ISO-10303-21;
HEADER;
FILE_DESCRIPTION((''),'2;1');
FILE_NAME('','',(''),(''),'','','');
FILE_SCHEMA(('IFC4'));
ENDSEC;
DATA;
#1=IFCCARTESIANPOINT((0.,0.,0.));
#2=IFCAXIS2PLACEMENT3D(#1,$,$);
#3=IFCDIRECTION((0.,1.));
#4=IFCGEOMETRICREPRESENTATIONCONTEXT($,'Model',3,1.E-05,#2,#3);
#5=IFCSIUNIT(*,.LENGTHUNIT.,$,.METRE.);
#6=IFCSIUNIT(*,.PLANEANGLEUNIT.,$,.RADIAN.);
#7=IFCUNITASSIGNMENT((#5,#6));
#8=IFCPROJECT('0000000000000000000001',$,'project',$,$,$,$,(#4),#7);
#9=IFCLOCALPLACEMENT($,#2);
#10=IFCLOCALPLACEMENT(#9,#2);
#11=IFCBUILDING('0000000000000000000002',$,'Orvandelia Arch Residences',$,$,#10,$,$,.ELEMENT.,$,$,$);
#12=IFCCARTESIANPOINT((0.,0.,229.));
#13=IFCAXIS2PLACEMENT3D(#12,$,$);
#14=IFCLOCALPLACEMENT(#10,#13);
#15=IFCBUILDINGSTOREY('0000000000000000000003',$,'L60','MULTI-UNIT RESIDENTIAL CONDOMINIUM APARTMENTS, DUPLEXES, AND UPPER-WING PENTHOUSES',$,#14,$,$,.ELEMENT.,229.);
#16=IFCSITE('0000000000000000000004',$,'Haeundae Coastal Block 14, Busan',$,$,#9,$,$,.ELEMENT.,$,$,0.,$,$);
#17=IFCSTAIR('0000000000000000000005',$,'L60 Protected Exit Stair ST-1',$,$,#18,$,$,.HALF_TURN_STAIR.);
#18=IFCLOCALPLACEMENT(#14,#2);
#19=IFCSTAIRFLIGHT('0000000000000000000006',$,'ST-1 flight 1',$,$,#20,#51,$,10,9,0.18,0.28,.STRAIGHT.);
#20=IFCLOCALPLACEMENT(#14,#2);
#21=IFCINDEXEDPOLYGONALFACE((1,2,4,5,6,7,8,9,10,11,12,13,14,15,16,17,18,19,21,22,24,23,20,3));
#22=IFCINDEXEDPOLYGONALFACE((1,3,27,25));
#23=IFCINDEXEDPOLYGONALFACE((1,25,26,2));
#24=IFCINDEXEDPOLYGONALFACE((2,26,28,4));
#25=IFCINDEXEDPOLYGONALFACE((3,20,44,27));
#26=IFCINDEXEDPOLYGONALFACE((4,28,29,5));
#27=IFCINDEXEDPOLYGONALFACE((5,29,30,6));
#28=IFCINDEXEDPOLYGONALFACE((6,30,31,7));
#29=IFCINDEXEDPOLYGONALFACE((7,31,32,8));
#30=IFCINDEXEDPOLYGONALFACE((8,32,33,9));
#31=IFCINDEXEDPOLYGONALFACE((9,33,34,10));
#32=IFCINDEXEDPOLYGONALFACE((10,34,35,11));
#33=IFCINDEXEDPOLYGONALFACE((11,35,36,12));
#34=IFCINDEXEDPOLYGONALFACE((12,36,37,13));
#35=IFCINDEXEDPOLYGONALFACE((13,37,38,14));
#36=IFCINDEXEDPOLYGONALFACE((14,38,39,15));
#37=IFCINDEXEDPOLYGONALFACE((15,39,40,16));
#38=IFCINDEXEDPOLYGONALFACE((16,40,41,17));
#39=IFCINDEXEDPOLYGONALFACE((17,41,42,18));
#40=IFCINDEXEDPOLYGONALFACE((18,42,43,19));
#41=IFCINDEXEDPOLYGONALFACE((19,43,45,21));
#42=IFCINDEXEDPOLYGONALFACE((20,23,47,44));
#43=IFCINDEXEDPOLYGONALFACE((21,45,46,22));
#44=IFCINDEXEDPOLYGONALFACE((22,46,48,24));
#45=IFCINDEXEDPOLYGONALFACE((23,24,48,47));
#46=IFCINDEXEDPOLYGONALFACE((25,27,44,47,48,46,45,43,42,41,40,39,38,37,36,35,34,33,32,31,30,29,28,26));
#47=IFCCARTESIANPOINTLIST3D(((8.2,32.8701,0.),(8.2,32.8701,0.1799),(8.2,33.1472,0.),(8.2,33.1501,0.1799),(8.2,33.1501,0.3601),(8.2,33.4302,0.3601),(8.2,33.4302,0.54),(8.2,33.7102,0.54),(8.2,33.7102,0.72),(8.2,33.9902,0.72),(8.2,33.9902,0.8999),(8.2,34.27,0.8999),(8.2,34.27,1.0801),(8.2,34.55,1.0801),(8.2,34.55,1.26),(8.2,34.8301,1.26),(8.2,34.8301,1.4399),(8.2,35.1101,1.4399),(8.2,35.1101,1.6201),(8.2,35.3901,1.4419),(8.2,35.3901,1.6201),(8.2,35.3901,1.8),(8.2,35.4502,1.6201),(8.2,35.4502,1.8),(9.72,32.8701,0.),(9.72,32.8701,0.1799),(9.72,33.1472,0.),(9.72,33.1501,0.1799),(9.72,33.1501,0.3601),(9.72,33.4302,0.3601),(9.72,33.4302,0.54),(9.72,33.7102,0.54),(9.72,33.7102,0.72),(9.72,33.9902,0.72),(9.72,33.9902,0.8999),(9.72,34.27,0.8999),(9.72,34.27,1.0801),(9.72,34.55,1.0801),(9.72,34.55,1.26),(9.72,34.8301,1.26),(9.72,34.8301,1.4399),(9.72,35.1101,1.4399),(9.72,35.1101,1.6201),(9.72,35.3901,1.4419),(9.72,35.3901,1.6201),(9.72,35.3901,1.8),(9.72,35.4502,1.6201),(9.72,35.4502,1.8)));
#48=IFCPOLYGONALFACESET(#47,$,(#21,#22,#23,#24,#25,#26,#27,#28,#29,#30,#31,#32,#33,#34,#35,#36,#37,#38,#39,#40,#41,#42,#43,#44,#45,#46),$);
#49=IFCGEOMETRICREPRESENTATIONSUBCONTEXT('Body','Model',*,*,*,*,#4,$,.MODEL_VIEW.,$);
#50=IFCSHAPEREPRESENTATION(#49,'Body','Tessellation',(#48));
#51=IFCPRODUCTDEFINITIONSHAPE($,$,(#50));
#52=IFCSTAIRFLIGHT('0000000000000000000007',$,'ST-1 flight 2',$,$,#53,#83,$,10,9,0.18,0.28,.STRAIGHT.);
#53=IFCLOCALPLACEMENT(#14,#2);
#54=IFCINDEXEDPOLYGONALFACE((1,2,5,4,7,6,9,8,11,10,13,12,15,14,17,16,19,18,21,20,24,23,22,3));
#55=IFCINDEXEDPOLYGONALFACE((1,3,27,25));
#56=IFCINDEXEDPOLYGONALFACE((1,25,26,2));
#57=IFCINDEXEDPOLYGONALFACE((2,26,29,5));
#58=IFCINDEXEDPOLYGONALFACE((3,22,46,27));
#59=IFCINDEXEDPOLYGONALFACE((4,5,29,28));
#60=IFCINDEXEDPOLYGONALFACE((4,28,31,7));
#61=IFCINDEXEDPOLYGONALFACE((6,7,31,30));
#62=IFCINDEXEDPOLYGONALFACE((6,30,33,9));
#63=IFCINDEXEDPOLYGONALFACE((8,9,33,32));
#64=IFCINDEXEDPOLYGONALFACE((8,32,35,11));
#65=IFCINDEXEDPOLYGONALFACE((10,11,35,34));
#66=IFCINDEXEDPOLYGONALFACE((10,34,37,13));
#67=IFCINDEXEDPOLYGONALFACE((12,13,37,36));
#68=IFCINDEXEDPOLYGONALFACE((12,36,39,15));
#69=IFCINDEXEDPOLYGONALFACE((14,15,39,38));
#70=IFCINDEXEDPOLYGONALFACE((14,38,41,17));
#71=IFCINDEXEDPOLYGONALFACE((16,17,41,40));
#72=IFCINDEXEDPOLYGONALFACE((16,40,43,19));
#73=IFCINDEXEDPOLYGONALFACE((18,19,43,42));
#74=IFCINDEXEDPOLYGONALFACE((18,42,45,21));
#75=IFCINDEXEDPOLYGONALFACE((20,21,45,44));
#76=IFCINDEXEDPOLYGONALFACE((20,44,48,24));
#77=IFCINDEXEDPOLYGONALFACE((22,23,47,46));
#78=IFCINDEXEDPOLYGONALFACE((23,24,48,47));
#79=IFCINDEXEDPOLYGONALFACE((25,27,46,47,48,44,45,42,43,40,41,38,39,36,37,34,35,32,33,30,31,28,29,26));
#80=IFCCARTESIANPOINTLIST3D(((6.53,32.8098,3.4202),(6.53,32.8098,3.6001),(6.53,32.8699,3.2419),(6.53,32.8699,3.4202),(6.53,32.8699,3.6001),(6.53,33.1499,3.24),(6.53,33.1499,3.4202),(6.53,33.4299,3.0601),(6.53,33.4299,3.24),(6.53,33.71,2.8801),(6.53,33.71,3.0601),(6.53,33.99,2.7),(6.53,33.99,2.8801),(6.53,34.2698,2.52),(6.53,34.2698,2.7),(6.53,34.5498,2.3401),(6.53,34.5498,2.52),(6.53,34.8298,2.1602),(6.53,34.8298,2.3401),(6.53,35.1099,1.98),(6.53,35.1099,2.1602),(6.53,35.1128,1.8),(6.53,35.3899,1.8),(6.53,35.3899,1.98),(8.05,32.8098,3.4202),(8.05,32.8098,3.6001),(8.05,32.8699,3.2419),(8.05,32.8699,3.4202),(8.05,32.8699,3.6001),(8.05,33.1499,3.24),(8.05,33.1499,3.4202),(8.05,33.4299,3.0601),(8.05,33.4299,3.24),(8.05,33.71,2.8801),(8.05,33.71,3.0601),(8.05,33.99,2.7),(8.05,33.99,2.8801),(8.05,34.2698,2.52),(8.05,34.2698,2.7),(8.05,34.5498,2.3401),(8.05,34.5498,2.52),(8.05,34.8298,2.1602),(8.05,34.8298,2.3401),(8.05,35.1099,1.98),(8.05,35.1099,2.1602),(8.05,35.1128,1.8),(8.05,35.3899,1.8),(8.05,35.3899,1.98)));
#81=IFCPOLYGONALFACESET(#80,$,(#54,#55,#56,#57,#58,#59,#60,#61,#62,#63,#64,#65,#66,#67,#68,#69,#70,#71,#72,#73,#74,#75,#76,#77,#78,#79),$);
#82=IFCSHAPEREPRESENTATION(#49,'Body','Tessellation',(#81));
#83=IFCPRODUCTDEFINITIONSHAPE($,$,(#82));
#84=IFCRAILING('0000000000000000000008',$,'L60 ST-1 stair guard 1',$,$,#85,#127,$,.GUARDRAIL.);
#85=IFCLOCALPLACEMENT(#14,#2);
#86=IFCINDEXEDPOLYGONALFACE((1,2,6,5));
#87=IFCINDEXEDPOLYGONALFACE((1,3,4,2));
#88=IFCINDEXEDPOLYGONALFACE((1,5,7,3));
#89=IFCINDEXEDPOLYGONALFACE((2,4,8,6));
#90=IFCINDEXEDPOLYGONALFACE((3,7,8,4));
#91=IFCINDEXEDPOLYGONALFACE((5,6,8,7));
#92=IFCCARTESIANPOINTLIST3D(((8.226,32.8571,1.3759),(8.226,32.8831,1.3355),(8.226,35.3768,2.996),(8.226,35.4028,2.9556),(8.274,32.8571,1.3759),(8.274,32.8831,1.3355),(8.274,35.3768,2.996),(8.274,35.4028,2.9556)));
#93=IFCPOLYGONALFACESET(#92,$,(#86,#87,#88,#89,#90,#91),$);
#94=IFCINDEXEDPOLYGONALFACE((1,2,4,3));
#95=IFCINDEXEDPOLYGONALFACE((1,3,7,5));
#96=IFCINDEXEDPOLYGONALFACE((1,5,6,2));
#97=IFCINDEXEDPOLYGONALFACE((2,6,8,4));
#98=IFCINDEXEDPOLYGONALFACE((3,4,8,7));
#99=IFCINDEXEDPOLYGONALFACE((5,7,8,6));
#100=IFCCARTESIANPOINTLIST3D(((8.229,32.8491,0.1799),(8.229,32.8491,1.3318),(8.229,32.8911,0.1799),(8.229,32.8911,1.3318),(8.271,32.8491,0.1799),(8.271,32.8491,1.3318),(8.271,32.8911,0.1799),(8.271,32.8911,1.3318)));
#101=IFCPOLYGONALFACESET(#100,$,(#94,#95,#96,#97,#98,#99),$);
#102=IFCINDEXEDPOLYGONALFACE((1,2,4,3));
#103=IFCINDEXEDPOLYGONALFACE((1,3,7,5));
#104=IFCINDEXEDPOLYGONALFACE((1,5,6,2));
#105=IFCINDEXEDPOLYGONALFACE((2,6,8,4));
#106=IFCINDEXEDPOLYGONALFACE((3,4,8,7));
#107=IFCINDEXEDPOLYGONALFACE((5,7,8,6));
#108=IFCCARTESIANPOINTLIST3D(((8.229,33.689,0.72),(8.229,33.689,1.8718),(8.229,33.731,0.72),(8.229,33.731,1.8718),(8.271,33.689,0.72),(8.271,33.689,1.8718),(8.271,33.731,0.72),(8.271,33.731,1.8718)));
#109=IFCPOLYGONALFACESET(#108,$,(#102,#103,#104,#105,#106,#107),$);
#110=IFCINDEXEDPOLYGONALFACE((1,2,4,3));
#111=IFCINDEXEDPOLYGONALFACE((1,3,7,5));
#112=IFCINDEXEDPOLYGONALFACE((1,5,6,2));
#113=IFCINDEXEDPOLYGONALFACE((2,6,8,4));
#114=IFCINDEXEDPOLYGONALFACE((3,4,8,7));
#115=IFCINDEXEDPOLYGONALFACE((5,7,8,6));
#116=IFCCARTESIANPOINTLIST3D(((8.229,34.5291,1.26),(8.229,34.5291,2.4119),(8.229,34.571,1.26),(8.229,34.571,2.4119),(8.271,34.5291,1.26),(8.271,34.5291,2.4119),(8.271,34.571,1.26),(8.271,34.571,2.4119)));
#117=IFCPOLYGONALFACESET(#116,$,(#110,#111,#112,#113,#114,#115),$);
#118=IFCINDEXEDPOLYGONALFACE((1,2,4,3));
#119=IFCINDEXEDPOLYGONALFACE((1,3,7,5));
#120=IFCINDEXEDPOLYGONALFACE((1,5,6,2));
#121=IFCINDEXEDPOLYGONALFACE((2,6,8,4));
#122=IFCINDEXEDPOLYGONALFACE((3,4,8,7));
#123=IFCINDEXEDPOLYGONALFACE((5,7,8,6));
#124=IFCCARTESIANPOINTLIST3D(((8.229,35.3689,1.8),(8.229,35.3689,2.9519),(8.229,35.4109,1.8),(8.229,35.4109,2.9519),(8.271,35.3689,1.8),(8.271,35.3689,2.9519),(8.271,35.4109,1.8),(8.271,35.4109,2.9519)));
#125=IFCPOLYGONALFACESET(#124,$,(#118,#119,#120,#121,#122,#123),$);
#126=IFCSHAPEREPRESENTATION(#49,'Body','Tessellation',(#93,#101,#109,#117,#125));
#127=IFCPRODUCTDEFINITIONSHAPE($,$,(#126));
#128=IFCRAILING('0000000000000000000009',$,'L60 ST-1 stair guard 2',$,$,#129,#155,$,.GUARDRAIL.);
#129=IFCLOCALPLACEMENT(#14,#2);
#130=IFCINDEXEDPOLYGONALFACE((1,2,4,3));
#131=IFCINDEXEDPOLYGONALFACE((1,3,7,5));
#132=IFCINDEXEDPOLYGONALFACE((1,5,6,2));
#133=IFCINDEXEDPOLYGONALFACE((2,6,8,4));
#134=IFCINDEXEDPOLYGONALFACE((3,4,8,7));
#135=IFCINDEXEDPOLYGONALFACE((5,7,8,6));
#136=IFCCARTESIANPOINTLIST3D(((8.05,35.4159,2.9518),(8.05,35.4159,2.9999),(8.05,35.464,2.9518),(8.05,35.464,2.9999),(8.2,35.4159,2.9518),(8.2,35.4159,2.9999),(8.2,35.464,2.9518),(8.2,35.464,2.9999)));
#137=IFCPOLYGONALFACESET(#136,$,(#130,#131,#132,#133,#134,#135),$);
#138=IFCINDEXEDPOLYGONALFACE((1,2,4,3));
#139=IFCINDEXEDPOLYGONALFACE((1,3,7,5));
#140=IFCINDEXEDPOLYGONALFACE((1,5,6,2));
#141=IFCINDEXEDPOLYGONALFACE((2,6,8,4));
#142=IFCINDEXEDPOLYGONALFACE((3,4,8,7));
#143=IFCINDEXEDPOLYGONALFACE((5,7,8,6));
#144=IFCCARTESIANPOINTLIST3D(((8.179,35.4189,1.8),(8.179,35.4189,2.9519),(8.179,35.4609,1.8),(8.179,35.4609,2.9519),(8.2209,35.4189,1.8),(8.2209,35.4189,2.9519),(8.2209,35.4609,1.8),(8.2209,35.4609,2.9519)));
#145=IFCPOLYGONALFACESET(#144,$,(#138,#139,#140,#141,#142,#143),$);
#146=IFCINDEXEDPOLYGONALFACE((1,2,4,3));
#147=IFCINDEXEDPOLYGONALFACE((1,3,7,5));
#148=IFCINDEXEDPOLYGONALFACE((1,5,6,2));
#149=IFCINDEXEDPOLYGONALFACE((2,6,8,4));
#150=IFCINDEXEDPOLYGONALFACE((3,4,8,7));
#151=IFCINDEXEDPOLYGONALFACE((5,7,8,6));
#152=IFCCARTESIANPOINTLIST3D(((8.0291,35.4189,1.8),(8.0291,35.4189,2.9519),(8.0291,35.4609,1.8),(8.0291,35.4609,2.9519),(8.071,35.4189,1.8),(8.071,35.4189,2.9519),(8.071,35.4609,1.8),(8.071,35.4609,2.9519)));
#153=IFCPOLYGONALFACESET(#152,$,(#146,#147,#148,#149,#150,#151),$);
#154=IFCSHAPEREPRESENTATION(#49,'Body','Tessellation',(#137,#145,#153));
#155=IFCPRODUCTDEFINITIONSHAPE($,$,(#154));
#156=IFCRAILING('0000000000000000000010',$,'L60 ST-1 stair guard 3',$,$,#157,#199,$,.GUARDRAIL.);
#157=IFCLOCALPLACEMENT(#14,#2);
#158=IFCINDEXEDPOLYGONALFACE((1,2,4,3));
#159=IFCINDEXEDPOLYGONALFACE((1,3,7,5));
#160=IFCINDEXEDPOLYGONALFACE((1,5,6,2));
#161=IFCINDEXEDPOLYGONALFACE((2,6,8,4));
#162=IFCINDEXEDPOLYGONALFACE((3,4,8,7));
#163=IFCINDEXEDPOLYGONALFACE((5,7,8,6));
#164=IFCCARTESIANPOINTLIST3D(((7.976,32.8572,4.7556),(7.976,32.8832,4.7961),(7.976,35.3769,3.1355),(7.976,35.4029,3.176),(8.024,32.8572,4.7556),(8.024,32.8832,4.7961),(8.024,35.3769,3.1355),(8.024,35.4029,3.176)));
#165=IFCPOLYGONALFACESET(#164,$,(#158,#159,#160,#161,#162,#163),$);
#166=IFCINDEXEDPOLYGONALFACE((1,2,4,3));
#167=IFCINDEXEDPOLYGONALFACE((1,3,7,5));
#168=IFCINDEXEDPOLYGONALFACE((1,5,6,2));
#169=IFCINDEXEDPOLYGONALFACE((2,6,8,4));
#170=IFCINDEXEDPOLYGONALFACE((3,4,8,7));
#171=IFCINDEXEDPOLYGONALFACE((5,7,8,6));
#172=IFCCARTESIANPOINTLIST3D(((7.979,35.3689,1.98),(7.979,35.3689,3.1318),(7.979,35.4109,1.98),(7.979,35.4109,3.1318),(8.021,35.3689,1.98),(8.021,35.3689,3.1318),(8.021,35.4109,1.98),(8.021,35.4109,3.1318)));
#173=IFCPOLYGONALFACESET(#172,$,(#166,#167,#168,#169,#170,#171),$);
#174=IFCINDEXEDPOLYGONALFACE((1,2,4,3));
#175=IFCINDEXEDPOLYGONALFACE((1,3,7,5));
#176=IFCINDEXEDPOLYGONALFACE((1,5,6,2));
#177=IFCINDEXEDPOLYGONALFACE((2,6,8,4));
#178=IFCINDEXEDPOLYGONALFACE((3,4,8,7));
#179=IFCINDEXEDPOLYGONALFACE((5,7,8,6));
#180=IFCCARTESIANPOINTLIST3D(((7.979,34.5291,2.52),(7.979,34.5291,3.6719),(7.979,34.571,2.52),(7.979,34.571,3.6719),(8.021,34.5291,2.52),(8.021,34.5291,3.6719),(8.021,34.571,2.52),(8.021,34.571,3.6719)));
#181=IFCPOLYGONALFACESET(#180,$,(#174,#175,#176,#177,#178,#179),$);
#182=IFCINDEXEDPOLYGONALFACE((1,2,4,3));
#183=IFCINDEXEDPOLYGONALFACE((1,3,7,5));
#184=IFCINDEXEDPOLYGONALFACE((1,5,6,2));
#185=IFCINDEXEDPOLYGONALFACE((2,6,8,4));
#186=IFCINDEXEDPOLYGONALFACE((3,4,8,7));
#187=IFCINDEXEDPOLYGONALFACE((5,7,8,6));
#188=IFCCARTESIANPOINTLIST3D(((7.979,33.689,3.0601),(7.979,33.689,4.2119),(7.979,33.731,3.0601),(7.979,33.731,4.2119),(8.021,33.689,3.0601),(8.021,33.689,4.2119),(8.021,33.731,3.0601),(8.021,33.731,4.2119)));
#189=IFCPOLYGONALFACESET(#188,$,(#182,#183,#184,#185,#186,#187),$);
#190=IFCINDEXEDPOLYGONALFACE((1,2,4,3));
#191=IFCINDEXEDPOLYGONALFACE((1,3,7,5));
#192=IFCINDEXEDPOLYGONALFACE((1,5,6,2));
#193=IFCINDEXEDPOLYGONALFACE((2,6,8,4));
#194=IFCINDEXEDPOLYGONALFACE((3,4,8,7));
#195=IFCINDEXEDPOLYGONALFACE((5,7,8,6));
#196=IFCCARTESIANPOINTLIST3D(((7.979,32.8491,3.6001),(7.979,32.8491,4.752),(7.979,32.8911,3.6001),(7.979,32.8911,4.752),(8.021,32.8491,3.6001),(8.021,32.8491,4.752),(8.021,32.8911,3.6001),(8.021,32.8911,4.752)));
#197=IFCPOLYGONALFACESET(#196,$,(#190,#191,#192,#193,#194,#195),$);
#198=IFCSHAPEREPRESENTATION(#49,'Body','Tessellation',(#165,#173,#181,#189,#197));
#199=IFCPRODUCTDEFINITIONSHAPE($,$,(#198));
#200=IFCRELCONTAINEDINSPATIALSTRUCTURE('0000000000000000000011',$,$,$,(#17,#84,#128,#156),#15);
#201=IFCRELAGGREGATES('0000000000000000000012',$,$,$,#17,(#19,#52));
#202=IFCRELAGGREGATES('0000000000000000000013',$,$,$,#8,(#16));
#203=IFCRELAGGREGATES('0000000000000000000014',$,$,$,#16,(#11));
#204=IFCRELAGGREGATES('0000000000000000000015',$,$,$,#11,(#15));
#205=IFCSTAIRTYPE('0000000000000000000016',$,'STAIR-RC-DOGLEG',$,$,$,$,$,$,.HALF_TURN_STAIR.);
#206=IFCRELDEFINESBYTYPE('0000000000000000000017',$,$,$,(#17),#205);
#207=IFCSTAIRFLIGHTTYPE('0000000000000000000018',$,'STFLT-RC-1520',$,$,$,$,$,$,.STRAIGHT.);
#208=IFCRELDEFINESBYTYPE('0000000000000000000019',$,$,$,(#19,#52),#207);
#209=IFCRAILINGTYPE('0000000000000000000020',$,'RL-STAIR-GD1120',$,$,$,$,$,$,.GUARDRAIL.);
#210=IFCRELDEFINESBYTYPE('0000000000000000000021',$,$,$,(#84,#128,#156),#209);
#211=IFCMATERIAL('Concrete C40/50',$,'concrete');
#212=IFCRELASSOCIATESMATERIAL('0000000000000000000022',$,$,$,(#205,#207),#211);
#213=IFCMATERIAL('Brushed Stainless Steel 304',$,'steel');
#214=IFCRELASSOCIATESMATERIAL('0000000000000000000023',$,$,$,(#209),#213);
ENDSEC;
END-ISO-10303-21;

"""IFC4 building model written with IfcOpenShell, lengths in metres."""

from ifc_helpers import new_model, si_unit, direction, frame, origin, origin_2d, place, context, subcontext, project, spatial, polyline, rectangle, outline, extrude, material, type_object, element, aggregate, save


model = new_model("IFC4")

# Units and contexts
model_context = context("Model", 3, precision=1e-05, world=origin(), true_north=direction((0.0, 1.0)))
body_context = subcontext(model_context, "Body", "Model", "MODEL_VIEW")
ifc_project = project(units=[si_unit("LENGTHUNIT", "METRE"), si_unit("PLANEANGLEUNIT", "RADIAN")], contexts=[model_context])

# Site, building, storey
site_placement = place(None, origin())
site = spatial("IfcSite", under=ifc_project, at=site_placement, Name="Haeundae Coastal Block 14, Busan", CompositionType="ELEMENT", RefElevation=0.0)
building_placement = place(site_placement, origin())
building = spatial("IfcBuilding", under=site, at=building_placement, Name="Orvandelia Arch Residences", CompositionType="ELEMENT")
storey_placement = place(building_placement, frame((0.0, 0.0, 229.0)))
storey = spatial("IfcBuildingStorey", under=building, at=storey_placement, Name="L60", Description="MULTI-UNIT RESIDENTIAL CONDOMINIUM APARTMENTS, DUPLEXES, AND UPPER-WING PENTHOUSES", CompositionType="ELEMENT", Elevation=229.0)

# Stair, stair flights
ifc_material_1 = material(Name="Concrete C40/50", Category="concrete")
stair_type = type_object("IfcStairType", Name="STAIR-RC-DOGLEG", PredefinedType="HALF_TURN_STAIR", material=ifc_material_1)
stair_placement = place(storey_placement, origin())
stair = element("IfcStair", 1, at=stair_placement, inside=storey, type_object=stair_type, Name="L60 Protected Exit Stair ST-1", PredefinedType="HALF_TURN_STAIR")
stair_flight_type = type_object("IfcStairFlightType", Name="STFLT-RC-1520", PredefinedType="STRAIGHT", material=ifc_material_1)
stair_flight_1_placement = place(storey_placement, frame((8.96, 32.8701, 0.0), z_axis=(0.0, 0.0, 1.0), x_axis=(0.0, 1.0, 0.0)))
stair_flight_1 = element("IfcStairFlight", 2, at=stair_flight_1_placement, type_object=stair_flight_type, Name="ST-1 flight 1", NumberOfRisers=10, NumberOfTreads=9, PredefinedType="STRAIGHT", RiserHeight=0.18, TreadLength=0.28, context=body_context, shape_type="SweptSolid", body=[
    extrude(outline(polyline([(0.0, 0.0), (0.0, 0.1799), (0.28, 0.1799), (0.28, 0.3601), (0.5601, 0.3601), (0.5601, 0.54), (0.8401, 0.54), (0.8401, 0.72), (1.1201, 0.72), (1.1201, 0.8999), (1.3999, 0.8999), (1.3999, 1.0801), (1.6799, 1.0801), (1.6799, 1.26), (1.96, 1.26), (1.96, 1.4399), (2.24, 1.4399), (2.24, 1.6201), (2.52, 1.6201), (2.52, 1.8), (2.5801, 1.8), (2.5801, 1.6201), (2.52, 1.4419), (0.2771, 0.0), (0.0, 0.0)])), frame((0.0, 0.76, 0.0), z_axis=(0.0, -1.0, 0.0), x_axis=(1.0, 0.0, 0.0)), (0.0, 0.0, 1.0), 1.52),
])
stair_flight_2_placement = place(storey_placement, frame((7.29, 35.3899, 1.8), z_axis=(0.0, 0.0, 1.0), x_axis=(0.0, -1.0, 0.0)))
stair_flight_2 = element("IfcStairFlight", 3, at=stair_flight_2_placement, type_object=stair_flight_type, Name="ST-1 flight 2", NumberOfRisers=10, NumberOfTreads=9, PredefinedType="STRAIGHT", RiserHeight=0.18, TreadLength=0.28, context=body_context, shape_type="SweptSolid", body=[
    extrude(outline(polyline([(0.0, 0.0), (0.0, 0.1799), (0.28, 0.1799), (0.28, 0.3601), (0.5601, 0.3601), (0.5601, 0.54), (0.8401, 0.54), (0.8401, 0.72), (1.1201, 0.72), (1.1201, 0.8999), (1.3999, 0.8999), (1.3999, 1.0801), (1.6799, 1.0801), (1.6799, 1.26), (1.96, 1.26), (1.96, 1.4399), (2.24, 1.4399), (2.24, 1.6201), (2.52, 1.6201), (2.52, 1.8), (2.5801, 1.8), (2.5801, 1.6201), (2.52, 1.4419), (0.2771, 0.0), (0.0, 0.0)])), frame((0.0, 0.76, 0.0), z_axis=(0.0, -1.0, 0.0), x_axis=(1.0, 0.0, 0.0)), (0.0, 0.0, 1.0), 1.52),
])
aggregate(stair, [stair_flight_1, stair_flight_2])

# Railings
ifc_material_2 = material(Name="Brushed Stainless Steel 304", Category="steel")
railing_type_1 = type_object("IfcRailingType", Name="RL-STAIR-GD1120", PredefinedType="GUARDRAIL", material=ifc_material_2)
railing_1_placement = place(storey_placement, frame((8.25, 32.8701, 0.1799)))
element("IfcRailing", 4, at=railing_1_placement, inside=storey, type_object=railing_type_1, Name="L60 ST-1 stair guard 1", PredefinedType="GUARDRAIL", context=body_context, shape_type="SweptSolid", body=[
    extrude(rectangle(XDim=0.0481, YDim=0.0481, at=origin_2d()), frame((0.0, 0.0, 1.1758), z_axis=(0.0, 0.841139, 0.540819), x_axis=(-1.0, 0.0, 0.0)), (0.0, 0.0, 1.0), 2.9956),
    extrude(rectangle(XDim=0.042, YDim=0.042, at=origin_2d()), origin(), (0.0, 0.0, 1.0), 1.1519),
    extrude(rectangle(XDim=0.042, YDim=0.042, at=origin_2d()), frame((0.0, 0.8398, 0.54)), (0.0, 0.0, 1.0), 1.1519),
    extrude(rectangle(XDim=0.042, YDim=0.042, at=origin_2d()), frame((0.0, 1.6799, 1.0801)), (0.0, 0.0, 1.0), 1.1519),
    extrude(rectangle(XDim=0.042, YDim=0.042, at=origin_2d()), frame((0.0, 2.5198, 1.6201)), (0.0, 0.0, 1.0), 1.1519),
])
railing_2_placement = place(storey_placement, frame((8.2, 35.4399, 1.8)))
element("IfcRailing", 5, at=railing_2_placement, inside=storey, type_object=railing_type_1, Name="L60 ST-1 stair guard 2", PredefinedType="GUARDRAIL", context=body_context, shape_type="SweptSolid", body=[
    extrude(rectangle(XDim=0.0481, YDim=0.0481, at=origin_2d()), frame((0.0, 0.0, 1.1758), z_axis=(-1.0, 0.0, 0.0), x_axis=(0.0, -1.0, 0.0)), (0.0, 0.0, 1.0), 0.1499),
    extrude(rectangle(XDim=0.042, YDim=0.042, at=origin_2d()), origin(), (0.0, 0.0, 1.0), 1.1519),
    extrude(rectangle(XDim=0.042, YDim=0.042, at=origin_2d()), frame((-0.1499, 0.0, 0.0)), (0.0, 0.0, 1.0), 1.1519),
])
railing_3_placement = place(storey_placement, frame((8.0, 35.3899, 1.98)))
element("IfcRailing", 6, at=railing_3_placement, inside=storey, type_object=railing_type_1, Name="L60 ST-1 stair guard 3", PredefinedType="GUARDRAIL", context=body_context, shape_type="SweptSolid", body=[
    extrude(rectangle(XDim=0.0481, YDim=0.0481, at=origin_2d()), frame((0.0, 0.0, 1.1758), z_axis=(0.0, -0.841139, 0.540819), x_axis=(1.0, 0.0, 0.0)), (0.0, 0.0, 1.0), 2.9956),
    extrude(rectangle(XDim=0.042, YDim=0.042, at=origin_2d()), origin(), (0.0, 0.0, 1.0), 1.1519),
    extrude(rectangle(XDim=0.042, YDim=0.042, at=origin_2d()), frame((0.0, -0.8398, 0.54)), (0.0, 0.0, 1.0), 1.1519),
    extrude(rectangle(XDim=0.042, YDim=0.042, at=origin_2d()), frame((0.0, -1.6799, 1.0801)), (0.0, 0.0, 1.0), 1.1519),
    extrude(rectangle(XDim=0.042, YDim=0.042, at=origin_2d()), frame((0.0, -2.5198, 1.6201)), (0.0, 0.0, 1.0), 1.1519),
])

save(model, "model.ifc")
